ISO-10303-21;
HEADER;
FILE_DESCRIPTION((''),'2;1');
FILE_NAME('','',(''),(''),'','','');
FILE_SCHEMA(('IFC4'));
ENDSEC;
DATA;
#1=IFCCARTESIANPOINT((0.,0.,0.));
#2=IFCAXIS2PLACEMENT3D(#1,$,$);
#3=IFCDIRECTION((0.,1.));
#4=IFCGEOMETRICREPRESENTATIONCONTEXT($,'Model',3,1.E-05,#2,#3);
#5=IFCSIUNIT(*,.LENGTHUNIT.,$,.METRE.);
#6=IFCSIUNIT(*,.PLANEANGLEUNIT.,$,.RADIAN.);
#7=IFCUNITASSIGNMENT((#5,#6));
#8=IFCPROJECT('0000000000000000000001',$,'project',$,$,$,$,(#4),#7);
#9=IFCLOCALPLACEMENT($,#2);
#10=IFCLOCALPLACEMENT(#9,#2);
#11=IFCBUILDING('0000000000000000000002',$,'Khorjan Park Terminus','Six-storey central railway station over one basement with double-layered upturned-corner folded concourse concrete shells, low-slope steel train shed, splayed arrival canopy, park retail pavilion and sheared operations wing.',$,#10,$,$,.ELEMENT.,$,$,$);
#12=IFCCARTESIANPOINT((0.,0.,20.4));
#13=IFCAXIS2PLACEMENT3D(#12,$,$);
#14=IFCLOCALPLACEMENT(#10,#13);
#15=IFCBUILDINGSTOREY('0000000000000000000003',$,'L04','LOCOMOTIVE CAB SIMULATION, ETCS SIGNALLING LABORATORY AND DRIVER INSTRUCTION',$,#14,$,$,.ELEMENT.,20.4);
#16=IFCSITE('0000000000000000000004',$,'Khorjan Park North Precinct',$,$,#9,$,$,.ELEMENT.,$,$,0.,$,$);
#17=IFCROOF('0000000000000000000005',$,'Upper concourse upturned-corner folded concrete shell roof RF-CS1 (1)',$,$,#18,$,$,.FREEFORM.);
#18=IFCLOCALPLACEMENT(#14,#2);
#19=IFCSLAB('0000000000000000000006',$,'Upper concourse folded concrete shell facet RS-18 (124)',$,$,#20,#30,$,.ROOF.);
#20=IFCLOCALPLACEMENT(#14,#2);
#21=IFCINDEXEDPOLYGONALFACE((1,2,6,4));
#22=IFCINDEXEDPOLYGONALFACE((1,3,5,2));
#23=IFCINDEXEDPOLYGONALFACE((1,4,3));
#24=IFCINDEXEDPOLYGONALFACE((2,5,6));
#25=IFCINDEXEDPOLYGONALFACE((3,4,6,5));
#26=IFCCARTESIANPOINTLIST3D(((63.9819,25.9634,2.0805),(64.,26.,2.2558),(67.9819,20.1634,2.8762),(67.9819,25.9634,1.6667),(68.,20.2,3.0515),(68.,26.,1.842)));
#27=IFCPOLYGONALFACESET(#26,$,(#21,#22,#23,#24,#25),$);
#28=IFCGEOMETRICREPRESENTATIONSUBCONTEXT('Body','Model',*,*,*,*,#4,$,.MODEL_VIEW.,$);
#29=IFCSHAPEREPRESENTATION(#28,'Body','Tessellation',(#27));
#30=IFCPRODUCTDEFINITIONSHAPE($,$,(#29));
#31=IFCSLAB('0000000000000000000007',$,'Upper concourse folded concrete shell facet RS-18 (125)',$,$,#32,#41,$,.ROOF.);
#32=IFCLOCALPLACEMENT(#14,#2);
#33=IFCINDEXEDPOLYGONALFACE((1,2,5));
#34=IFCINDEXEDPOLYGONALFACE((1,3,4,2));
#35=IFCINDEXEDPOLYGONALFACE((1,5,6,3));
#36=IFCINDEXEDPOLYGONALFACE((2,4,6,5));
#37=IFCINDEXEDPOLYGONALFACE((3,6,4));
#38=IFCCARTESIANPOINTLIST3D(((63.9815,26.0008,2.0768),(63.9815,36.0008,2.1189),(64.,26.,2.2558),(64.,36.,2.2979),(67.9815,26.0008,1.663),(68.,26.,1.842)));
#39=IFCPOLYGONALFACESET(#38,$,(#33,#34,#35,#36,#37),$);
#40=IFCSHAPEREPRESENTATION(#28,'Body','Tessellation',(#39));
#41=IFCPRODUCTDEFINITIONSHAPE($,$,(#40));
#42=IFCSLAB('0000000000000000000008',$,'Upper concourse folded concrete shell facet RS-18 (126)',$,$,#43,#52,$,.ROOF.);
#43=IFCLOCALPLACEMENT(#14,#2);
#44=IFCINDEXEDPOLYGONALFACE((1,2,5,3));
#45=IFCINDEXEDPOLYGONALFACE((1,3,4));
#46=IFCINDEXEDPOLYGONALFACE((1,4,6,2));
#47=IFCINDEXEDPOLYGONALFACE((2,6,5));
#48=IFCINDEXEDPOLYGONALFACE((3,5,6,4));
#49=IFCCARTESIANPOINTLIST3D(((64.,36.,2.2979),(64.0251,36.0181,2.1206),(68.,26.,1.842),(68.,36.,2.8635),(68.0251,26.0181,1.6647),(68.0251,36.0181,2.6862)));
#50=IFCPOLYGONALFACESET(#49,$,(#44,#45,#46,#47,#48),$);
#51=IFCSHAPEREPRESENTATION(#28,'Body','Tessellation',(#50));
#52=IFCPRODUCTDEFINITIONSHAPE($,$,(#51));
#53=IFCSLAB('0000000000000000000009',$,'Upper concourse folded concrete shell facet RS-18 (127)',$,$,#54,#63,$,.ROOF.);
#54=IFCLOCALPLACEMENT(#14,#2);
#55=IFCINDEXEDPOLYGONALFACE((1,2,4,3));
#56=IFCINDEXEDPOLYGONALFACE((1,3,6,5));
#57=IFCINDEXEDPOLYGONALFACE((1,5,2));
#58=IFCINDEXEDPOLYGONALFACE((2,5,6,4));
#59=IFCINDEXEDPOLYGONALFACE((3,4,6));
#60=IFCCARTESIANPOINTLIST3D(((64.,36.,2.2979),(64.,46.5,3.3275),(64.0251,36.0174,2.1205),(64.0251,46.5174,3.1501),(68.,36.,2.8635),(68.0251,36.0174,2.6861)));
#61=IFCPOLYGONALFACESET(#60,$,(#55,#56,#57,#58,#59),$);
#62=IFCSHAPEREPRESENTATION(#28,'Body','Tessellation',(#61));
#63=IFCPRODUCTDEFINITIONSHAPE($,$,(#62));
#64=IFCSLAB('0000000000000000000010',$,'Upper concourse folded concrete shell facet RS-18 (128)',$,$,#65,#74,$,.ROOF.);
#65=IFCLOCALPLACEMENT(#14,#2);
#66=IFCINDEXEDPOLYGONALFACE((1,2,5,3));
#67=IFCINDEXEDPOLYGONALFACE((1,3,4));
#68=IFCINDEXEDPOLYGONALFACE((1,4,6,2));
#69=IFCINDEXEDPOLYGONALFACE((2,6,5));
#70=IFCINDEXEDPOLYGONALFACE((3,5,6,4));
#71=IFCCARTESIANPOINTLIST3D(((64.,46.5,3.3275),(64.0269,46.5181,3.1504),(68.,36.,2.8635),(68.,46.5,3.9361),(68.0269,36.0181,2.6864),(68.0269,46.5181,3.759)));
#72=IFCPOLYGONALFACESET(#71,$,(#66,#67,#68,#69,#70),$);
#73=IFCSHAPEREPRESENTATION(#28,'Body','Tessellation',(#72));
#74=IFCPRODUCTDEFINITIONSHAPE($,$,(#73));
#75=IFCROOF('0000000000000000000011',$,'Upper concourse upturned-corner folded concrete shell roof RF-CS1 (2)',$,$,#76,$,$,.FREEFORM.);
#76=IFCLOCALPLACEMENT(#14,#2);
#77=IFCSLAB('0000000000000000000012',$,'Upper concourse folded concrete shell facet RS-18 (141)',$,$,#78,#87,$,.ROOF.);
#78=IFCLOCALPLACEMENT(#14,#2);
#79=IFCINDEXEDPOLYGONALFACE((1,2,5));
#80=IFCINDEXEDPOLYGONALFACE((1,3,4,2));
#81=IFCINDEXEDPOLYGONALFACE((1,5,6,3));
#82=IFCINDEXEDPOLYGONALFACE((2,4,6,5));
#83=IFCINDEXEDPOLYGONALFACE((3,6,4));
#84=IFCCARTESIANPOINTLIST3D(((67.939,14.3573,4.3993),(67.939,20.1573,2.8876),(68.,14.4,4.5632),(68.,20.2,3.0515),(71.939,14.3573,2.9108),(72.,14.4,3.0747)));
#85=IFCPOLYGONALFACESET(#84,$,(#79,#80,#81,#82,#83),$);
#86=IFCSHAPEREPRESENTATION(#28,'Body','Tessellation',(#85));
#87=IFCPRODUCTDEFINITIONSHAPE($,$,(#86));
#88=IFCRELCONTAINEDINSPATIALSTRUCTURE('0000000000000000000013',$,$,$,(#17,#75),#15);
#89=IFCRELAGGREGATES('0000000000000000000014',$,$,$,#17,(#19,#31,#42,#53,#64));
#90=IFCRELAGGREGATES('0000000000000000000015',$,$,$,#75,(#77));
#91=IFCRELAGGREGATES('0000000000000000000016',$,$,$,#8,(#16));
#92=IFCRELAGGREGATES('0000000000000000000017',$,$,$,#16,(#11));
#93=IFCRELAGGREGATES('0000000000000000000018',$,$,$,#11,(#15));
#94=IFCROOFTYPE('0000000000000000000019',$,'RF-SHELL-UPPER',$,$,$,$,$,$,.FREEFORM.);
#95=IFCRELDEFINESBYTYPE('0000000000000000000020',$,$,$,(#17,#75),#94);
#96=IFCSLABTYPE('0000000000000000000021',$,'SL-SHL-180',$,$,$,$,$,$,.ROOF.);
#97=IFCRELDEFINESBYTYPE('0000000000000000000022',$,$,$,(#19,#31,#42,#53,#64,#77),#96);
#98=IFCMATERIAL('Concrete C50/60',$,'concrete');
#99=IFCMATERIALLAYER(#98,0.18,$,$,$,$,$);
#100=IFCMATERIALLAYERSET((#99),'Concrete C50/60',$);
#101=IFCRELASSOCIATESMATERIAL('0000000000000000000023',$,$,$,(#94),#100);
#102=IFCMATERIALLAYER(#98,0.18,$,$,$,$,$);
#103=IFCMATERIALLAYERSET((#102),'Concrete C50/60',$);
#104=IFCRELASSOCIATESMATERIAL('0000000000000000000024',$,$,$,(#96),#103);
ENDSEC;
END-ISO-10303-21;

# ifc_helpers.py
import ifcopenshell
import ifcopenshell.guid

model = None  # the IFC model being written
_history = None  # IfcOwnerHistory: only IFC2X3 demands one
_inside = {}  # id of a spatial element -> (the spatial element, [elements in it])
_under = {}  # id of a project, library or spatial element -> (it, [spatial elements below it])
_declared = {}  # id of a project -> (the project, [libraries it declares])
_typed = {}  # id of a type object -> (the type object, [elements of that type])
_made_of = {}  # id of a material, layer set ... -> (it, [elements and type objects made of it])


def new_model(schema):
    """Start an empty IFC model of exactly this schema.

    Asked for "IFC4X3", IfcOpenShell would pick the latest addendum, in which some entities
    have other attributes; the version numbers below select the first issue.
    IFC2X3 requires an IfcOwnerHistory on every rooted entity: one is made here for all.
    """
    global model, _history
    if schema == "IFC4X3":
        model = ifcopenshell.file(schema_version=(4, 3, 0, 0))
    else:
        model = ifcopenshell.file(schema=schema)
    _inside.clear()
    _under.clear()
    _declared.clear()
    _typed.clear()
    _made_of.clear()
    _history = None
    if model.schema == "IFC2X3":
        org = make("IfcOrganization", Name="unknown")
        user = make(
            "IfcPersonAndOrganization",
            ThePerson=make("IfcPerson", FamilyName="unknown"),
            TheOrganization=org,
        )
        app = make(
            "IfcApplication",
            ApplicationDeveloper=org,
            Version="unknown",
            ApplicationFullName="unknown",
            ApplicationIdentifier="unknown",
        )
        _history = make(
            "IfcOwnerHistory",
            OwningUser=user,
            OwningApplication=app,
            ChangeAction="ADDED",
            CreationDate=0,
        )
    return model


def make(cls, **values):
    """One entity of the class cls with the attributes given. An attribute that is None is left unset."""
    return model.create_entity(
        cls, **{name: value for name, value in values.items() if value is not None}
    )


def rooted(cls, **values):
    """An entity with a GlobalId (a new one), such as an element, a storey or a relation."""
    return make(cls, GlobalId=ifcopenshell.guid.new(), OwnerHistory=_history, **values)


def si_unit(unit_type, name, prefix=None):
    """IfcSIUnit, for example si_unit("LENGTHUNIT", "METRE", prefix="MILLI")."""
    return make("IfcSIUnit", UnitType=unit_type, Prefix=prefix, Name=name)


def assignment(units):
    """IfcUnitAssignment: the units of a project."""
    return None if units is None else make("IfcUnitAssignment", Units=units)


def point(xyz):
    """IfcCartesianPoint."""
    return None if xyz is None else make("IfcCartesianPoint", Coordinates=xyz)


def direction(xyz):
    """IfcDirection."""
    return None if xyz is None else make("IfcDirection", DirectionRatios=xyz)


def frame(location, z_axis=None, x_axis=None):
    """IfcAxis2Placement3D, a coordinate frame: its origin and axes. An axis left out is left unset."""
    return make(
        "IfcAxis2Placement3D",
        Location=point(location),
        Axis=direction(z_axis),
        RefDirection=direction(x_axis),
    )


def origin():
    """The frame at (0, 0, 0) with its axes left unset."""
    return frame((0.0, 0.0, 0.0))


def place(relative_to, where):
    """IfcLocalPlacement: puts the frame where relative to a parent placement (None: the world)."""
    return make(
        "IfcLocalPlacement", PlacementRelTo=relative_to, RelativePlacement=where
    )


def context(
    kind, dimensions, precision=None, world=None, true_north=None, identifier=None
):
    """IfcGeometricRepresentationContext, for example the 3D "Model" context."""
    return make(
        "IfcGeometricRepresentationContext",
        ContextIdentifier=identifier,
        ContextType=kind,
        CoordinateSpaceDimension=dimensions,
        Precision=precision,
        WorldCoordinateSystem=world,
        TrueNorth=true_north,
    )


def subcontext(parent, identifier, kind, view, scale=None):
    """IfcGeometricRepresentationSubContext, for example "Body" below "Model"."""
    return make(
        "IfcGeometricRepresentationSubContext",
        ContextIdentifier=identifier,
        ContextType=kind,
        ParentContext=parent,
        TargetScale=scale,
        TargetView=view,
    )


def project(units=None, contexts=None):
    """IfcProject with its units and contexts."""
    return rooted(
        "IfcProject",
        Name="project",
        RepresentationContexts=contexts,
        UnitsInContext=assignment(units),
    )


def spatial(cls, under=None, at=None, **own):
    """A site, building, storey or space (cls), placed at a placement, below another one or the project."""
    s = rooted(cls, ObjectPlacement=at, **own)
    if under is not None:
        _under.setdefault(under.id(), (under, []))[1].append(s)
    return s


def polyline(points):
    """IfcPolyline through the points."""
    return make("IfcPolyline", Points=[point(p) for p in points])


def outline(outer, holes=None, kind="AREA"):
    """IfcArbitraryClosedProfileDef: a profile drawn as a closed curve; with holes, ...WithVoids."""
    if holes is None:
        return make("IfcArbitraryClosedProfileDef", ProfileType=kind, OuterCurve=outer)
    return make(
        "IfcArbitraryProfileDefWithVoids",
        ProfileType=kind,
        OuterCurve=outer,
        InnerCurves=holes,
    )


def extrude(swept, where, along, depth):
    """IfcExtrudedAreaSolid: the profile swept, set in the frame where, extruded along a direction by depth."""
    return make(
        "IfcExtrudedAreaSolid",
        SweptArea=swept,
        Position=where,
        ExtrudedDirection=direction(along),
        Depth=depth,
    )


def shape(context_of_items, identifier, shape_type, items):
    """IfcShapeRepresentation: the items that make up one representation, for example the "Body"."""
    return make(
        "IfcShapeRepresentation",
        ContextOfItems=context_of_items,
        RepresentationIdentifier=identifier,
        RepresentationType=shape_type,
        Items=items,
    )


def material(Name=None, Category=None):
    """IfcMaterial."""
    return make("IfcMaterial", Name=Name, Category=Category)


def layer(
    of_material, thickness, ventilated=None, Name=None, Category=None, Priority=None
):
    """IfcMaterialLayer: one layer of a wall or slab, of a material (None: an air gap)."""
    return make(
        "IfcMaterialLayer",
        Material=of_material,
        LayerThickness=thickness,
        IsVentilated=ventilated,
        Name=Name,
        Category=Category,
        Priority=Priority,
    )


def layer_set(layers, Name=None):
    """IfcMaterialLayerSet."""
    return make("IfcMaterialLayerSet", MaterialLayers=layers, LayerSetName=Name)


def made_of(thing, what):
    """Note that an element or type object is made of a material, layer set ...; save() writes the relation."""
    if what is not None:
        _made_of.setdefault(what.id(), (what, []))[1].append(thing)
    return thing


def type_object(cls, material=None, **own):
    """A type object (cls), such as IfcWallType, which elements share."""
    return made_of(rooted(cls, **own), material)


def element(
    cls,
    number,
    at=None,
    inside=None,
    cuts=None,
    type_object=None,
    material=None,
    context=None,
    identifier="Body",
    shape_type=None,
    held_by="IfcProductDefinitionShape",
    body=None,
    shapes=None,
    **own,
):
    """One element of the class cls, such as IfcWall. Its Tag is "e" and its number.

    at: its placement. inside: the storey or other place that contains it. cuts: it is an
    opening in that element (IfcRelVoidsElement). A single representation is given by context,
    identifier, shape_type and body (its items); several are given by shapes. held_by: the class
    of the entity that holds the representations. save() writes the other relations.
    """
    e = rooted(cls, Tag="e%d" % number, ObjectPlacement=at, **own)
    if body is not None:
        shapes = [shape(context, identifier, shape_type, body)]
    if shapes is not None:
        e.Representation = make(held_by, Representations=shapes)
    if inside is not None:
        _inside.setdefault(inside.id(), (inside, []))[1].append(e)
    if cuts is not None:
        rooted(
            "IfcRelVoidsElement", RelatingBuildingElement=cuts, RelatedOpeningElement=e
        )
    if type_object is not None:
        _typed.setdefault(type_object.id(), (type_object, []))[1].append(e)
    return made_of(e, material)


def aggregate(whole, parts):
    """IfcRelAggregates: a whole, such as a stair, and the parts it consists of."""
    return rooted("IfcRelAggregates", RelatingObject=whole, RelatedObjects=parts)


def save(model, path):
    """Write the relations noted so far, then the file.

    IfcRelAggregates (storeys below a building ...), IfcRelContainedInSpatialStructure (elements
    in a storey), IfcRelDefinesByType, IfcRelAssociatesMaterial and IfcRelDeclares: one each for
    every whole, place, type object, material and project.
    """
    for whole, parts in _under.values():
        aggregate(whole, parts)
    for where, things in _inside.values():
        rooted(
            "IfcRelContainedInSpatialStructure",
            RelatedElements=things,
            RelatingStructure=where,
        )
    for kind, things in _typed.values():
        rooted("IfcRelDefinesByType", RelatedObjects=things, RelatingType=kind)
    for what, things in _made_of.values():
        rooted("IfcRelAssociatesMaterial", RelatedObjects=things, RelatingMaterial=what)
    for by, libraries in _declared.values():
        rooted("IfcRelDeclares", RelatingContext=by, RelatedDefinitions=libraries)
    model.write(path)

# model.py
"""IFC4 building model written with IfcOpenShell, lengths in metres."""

from ifc_helpers import new_model, si_unit, direction, frame, origin, place, context, subcontext, project, spatial, polyline, outline, extrude, material, layer, layer_set, type_object, element, aggregate, save


model = new_model("IFC4")

# Units and contexts
model_context = context("Model", 3, precision=1e-05, world=origin(), true_north=direction((0.0, 1.0)))
body_context = subcontext(model_context, "Body", "Model", "MODEL_VIEW")
ifc_project = project(units=[si_unit("LENGTHUNIT", "METRE"), si_unit("PLANEANGLEUNIT", "RADIAN")], contexts=[model_context])

# Site, building, storey
site_placement = place(None, origin())
site = spatial("IfcSite", under=ifc_project, at=site_placement, Name="Khorjan Park North Precinct", CompositionType="ELEMENT", RefElevation=0.0)
building_placement = place(site_placement, origin())
building = spatial("IfcBuilding", under=site, at=building_placement, Name="Khorjan Park Terminus", Description="Six-storey central railway station over one basement with double-layered upturned-corner folded concourse concrete shells, low-slope steel train shed, splayed arrival canopy, park retail pavilion and sheared operations wing.", CompositionType="ELEMENT")
storey_placement = place(building_placement, frame((0.0, 0.0, 20.4)))
storey = spatial("IfcBuildingStorey", under=building, at=storey_placement, Name="L04", Description="LOCOMOTIVE CAB SIMULATION, ETCS SIGNALLING LABORATORY AND DRIVER INSTRUCTION", CompositionType="ELEMENT", Elevation=20.4)

# Roof, slabs
ifc_material = material(Name="Concrete C50/60", Category="concrete")
ifc_layer_1 = layer(ifc_material, 0.18)
ifc_layer_set_1 = layer_set([ifc_layer_1], Name="Concrete C50/60")
roof_type = type_object("IfcRoofType", Name="RF-SHELL-UPPER", PredefinedType="FREEFORM", material=ifc_layer_set_1)
roof_1_placement = place(storey_placement, origin())
roof_1 = element("IfcRoof", 1, at=roof_1_placement, inside=storey, type_object=roof_type, Name="Upper concourse upturned-corner folded concrete shell roof RF-CS1 (1)", PredefinedType="FREEFORM")
ifc_layer_2 = layer(ifc_material, 0.18)
ifc_layer_set_2 = layer_set([ifc_layer_2], Name="Concrete C50/60")
slab_type = type_object("IfcSlabType", Name="SL-SHL-180", PredefinedType="ROOF", material=ifc_layer_set_2)
slab_1_placement = place(storey_placement, frame((68.0, 20.2, 3.0515), z_axis=(0.100756, 0.203104, 0.973959), x_axis=(0.0, 0.978941, -0.204143)))
slab_1 = element("IfcSlab", 2, at=slab_1_placement, type_object=slab_type, Name="Upper concourse folded concrete shell facet RS-18 (124)", PredefinedType="ROOF", context=body_context, shape_type="SweptSolid", body=[
    extrude(outline(polyline([(0.0, 0.0), (5.9248, 0.0), (5.8403, 4.0205), (0.0, 0.0)])), origin(), (0.0, 0.0, -1.0), 0.18),
])
slab_2_placement = place(storey_placement, frame((64.0, 26.0, 2.2558), z_axis=(0.1029, -0.004188, 0.994683), x_axis=(0.994692, 0.0, -0.102901)))
slab_2 = element("IfcSlab", 3, at=slab_2_placement, type_object=slab_type, Name="Upper concourse folded concrete shell facet RS-18 (125)", PredefinedType="ROOF", context=body_context, shape_type="SweptSolid", body=[
    extrude(outline(polyline([(0.0, 0.0), (4.0213, 0.0), (-0.0043, 10.0001), (0.0, 0.0)])), origin(), (0.0, 0.0, -1.0), 0.18),
])
slab_3_placement = place(storey_placement, frame((68.0, 26.0, 1.842), z_axis=(-0.139297, -0.10063, 0.985124), x_axis=(0.0, 0.994823, 0.101621)))
slab_3 = element("IfcSlab", 4, at=slab_3_placement, type_object=slab_type, Name="Upper concourse folded concrete shell facet RS-18 (126)", PredefinedType="ROOF", context=body_context, shape_type="SweptSolid", body=[
    extrude(outline(polyline([(0.0, 0.0), (10.052, 0.0), (9.9946, 4.0394), (0.0, 0.0)])), origin(), (0.0, 0.0, -1.0), 0.18),
])
slab_4_placement = place(storey_placement, frame((64.0, 36.0, 2.2979), z_axis=(-0.139352, -0.096637, 0.985516), x_axis=(0.99015, 0.0, 0.140007)))
slab_4 = element("IfcSlab", 5, at=slab_4_placement, type_object=slab_type, Name="Upper concourse folded concrete shell facet RS-18 (127)", PredefinedType="ROOF", context=body_context, shape_type="SweptSolid", body=[
    extrude(outline(polyline([(0.0, 0.0), (4.0398, 0.0), (0.1442, 10.5494), (0.0, 0.0)])), origin(), (0.0, 0.0, -1.0), 0.18),
])
slab_5_placement = place(storey_placement, frame((68.0, 36.0, 2.8635), z_axis=(-0.149658, -0.100479, 0.983619), x_axis=(0.0, 0.994823, 0.101624)))
slab_5 = element("IfcSlab", 6, at=slab_5_placement, type_object=slab_type, Name="Upper concourse folded concrete shell facet RS-18 (128)", PredefinedType="ROOF", context=body_context, shape_type="SweptSolid", body=[
    extrude(outline(polyline([(0.0, 0.0), (10.5546, 0.0), (10.4928, 4.0456), (0.0, 0.0)])), origin(), (0.0, 0.0, -1.0), 0.18),
])
aggregate(roof_1, [slab_1, slab_2, slab_3, slab_4, slab_5])

# Roof, slab
roof_2_placement = place(storey_placement, origin())
roof_2 = element("IfcRoof", 7, at=roof_2_placement, inside=storey, type_object=roof_type, Name="Upper concourse upturned-corner folded concrete shell roof RF-CS1 (2)", PredefinedType="FREEFORM")
slab_6_placement = place(storey_placement, frame((68.0, 14.4, 4.5632), z_axis=(0.338799, 0.237296, 0.910443), x_axis=(0.937212, 0.0, -0.34876)))
slab_6 = element("IfcSlab", 8, at=slab_6_placement, type_object=slab_type, Name="Upper concourse folded concrete shell facet RS-18 (141)", PredefinedType="ROOF", context=body_context, shape_type="SweptSolid", body=[
    extrude(outline(polyline([(0.0, 0.0), (4.268, 0.0), (0.5272, 5.9705), (0.0, 0.0)])), origin(), (0.0, 0.0, -1.0), 0.18),
])
aggregate(roof_2, [slab_6])

save(model, "model.ifc")
